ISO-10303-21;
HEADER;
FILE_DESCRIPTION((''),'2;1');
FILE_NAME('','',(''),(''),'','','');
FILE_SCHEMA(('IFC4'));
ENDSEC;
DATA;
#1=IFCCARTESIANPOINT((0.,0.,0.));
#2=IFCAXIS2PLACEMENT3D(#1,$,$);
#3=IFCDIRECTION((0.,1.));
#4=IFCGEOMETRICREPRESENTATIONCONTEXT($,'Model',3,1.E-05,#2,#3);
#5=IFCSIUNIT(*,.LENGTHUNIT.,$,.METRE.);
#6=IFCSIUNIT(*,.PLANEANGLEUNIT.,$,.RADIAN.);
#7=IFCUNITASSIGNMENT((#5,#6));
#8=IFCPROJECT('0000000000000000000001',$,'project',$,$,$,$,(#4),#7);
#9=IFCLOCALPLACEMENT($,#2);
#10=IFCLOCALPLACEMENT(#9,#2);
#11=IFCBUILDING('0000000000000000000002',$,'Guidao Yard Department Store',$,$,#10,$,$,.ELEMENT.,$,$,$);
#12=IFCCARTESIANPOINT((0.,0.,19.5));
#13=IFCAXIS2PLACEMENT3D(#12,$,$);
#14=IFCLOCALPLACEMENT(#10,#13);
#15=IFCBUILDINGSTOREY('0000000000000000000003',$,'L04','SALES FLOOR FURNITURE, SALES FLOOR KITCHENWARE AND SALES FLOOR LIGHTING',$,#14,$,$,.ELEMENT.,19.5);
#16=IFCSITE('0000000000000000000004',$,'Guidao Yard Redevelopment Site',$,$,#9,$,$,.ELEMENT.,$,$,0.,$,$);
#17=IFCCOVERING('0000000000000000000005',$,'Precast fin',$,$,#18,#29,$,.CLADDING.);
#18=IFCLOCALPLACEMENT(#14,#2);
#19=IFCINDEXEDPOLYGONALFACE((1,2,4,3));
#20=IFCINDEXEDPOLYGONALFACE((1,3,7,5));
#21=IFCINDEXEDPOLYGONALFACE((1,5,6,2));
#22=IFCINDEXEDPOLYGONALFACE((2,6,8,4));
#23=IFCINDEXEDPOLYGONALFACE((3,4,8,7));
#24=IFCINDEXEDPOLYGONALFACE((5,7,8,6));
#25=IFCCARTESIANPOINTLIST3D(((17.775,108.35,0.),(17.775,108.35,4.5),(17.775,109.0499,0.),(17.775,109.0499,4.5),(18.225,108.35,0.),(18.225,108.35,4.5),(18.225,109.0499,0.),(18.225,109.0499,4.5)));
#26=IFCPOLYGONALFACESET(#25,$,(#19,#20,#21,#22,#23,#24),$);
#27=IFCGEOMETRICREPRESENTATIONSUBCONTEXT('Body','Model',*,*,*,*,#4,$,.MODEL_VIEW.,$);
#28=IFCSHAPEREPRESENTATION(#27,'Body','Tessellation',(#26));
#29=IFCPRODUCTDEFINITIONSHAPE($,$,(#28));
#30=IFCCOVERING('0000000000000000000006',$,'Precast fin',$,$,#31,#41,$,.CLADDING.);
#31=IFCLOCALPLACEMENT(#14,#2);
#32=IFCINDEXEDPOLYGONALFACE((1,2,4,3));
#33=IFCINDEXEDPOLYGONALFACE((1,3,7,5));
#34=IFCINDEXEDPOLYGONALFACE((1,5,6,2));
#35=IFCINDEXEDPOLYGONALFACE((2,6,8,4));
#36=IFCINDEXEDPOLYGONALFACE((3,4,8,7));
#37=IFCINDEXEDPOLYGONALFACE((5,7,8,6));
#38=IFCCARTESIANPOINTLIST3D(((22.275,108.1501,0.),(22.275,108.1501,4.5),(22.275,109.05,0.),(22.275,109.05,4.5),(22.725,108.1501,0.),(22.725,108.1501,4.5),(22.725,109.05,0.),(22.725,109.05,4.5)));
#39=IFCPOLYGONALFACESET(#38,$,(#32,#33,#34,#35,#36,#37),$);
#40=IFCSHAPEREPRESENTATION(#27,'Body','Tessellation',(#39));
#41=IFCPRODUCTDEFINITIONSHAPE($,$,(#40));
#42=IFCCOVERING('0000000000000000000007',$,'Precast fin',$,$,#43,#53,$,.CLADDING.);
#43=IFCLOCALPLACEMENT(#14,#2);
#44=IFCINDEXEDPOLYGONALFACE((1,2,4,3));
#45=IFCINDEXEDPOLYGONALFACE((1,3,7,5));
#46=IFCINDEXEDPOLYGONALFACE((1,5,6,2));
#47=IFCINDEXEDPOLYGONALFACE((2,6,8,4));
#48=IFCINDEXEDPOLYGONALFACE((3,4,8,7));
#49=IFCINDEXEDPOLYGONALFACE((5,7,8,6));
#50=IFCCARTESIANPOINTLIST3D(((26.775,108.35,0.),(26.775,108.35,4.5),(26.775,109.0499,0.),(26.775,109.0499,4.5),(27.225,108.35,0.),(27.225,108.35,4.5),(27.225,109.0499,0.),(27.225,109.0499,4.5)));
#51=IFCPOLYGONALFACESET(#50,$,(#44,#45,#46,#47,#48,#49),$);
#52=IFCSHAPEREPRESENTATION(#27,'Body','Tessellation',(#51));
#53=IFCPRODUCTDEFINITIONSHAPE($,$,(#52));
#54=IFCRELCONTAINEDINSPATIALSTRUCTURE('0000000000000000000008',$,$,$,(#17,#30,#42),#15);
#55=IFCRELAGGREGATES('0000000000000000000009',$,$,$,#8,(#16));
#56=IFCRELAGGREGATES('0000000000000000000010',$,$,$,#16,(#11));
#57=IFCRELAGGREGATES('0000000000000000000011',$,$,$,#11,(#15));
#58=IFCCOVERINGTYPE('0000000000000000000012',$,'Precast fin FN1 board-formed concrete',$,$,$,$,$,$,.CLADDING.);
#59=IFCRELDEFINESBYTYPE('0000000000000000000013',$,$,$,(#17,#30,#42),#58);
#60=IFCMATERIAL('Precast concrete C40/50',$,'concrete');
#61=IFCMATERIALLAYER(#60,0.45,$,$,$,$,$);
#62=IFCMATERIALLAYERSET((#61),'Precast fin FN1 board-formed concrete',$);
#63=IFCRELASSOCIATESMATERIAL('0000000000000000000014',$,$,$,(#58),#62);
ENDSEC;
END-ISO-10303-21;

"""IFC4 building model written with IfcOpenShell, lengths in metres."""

from ifc_helpers import new_model, si_unit, direction, frame, origin, origin_2d, place, context, subcontext, project, spatial, rectangle, extrude, material, layer, layer_set, type_object, element, save


model = new_model("IFC4")

# Units and contexts
model_context = context("Model", 3, precision=1e-05, world=origin(), true_north=direction((0.0, 1.0)))
body_context = subcontext(model_context, "Body", "Model", "MODEL_VIEW")
ifc_project = project(units=[si_unit("LENGTHUNIT", "METRE"), si_unit("PLANEANGLEUNIT", "RADIAN")], contexts=[model_context])

# Site, building, storey
site_placement = place(None, origin())
site = spatial("IfcSite", under=ifc_project, at=site_placement, Name="Guidao Yard Redevelopment Site", CompositionType="ELEMENT", RefElevation=0.0)
building_placement = place(site_placement, origin())
building = spatial("IfcBuilding", under=site, at=building_placement, Name="Guidao Yard Department Store", CompositionType="ELEMENT")
storey_placement = place(building_placement, frame((0.0, 0.0, 19.5)))
storey = spatial("IfcBuildingStorey", under=building, at=storey_placement, Name="L04", Description="SALES FLOOR FURNITURE, SALES FLOOR KITCHENWARE AND SALES FLOOR LIGHTING", CompositionType="ELEMENT", Elevation=19.5)

# Coverings
ifc_material_1 = material(Name="Precast concrete C40/50", Category="concrete")
ifc_layer_1 = layer(ifc_material_1, 0.45)
ifc_layer_set_1 = layer_set([ifc_layer_1], Name="Precast fin FN1 board-formed concrete")
covering_type = type_object("IfcCoveringType", Name="Precast fin FN1 board-formed concrete", PredefinedType="CLADDING", material=ifc_layer_set_1)
covering_1_placement = place(storey_placement, frame((18.0, 108.7, 0.0), z_axis=(0.0, 0.0, 1.0), x_axis=(1.0, 0.0, 0.0)))
element("IfcCovering", 1, at=covering_1_placement, inside=storey, type_object=covering_type, Name="Precast fin", PredefinedType="CLADDING", context=body_context, shape_type="SweptSolid", body=[
    extrude(rectangle(XDim=0.45, YDim=0.7, at=origin_2d()), origin(), (0.0, 0.0, 1.0), 4.5),
])
covering_2_placement = place(storey_placement, frame((22.5, 108.6001, 0.0), z_axis=(0.0, 0.0, 1.0), x_axis=(1.0, 0.0, 0.0)))
element("IfcCovering", 2, at=covering_2_placement, inside=storey, type_object=covering_type, Name="Precast fin", PredefinedType="CLADDING", context=body_context, shape_type="SweptSolid", body=[
    extrude(rectangle(XDim=0.45, YDim=0.8999, at=origin_2d()), origin(), (0.0, 0.0, 1.0), 4.5),
])
covering_3_placement = place(storey_placement, frame((27.0, 108.7, 0.0), z_axis=(0.0, 0.0, 1.0), x_axis=(1.0, 0.0, 0.0)))
element("IfcCovering", 3, at=covering_3_placement, inside=storey, type_object=covering_type, Name="Precast fin", PredefinedType="CLADDING", context=body_context, shape_type="SweptSolid", body=[
    extrude(rectangle(XDim=0.45, YDim=0.7, at=origin_2d()), origin(), (0.0, 0.0, 1.0), 4.5),
])

save(model, "model.ifc")
